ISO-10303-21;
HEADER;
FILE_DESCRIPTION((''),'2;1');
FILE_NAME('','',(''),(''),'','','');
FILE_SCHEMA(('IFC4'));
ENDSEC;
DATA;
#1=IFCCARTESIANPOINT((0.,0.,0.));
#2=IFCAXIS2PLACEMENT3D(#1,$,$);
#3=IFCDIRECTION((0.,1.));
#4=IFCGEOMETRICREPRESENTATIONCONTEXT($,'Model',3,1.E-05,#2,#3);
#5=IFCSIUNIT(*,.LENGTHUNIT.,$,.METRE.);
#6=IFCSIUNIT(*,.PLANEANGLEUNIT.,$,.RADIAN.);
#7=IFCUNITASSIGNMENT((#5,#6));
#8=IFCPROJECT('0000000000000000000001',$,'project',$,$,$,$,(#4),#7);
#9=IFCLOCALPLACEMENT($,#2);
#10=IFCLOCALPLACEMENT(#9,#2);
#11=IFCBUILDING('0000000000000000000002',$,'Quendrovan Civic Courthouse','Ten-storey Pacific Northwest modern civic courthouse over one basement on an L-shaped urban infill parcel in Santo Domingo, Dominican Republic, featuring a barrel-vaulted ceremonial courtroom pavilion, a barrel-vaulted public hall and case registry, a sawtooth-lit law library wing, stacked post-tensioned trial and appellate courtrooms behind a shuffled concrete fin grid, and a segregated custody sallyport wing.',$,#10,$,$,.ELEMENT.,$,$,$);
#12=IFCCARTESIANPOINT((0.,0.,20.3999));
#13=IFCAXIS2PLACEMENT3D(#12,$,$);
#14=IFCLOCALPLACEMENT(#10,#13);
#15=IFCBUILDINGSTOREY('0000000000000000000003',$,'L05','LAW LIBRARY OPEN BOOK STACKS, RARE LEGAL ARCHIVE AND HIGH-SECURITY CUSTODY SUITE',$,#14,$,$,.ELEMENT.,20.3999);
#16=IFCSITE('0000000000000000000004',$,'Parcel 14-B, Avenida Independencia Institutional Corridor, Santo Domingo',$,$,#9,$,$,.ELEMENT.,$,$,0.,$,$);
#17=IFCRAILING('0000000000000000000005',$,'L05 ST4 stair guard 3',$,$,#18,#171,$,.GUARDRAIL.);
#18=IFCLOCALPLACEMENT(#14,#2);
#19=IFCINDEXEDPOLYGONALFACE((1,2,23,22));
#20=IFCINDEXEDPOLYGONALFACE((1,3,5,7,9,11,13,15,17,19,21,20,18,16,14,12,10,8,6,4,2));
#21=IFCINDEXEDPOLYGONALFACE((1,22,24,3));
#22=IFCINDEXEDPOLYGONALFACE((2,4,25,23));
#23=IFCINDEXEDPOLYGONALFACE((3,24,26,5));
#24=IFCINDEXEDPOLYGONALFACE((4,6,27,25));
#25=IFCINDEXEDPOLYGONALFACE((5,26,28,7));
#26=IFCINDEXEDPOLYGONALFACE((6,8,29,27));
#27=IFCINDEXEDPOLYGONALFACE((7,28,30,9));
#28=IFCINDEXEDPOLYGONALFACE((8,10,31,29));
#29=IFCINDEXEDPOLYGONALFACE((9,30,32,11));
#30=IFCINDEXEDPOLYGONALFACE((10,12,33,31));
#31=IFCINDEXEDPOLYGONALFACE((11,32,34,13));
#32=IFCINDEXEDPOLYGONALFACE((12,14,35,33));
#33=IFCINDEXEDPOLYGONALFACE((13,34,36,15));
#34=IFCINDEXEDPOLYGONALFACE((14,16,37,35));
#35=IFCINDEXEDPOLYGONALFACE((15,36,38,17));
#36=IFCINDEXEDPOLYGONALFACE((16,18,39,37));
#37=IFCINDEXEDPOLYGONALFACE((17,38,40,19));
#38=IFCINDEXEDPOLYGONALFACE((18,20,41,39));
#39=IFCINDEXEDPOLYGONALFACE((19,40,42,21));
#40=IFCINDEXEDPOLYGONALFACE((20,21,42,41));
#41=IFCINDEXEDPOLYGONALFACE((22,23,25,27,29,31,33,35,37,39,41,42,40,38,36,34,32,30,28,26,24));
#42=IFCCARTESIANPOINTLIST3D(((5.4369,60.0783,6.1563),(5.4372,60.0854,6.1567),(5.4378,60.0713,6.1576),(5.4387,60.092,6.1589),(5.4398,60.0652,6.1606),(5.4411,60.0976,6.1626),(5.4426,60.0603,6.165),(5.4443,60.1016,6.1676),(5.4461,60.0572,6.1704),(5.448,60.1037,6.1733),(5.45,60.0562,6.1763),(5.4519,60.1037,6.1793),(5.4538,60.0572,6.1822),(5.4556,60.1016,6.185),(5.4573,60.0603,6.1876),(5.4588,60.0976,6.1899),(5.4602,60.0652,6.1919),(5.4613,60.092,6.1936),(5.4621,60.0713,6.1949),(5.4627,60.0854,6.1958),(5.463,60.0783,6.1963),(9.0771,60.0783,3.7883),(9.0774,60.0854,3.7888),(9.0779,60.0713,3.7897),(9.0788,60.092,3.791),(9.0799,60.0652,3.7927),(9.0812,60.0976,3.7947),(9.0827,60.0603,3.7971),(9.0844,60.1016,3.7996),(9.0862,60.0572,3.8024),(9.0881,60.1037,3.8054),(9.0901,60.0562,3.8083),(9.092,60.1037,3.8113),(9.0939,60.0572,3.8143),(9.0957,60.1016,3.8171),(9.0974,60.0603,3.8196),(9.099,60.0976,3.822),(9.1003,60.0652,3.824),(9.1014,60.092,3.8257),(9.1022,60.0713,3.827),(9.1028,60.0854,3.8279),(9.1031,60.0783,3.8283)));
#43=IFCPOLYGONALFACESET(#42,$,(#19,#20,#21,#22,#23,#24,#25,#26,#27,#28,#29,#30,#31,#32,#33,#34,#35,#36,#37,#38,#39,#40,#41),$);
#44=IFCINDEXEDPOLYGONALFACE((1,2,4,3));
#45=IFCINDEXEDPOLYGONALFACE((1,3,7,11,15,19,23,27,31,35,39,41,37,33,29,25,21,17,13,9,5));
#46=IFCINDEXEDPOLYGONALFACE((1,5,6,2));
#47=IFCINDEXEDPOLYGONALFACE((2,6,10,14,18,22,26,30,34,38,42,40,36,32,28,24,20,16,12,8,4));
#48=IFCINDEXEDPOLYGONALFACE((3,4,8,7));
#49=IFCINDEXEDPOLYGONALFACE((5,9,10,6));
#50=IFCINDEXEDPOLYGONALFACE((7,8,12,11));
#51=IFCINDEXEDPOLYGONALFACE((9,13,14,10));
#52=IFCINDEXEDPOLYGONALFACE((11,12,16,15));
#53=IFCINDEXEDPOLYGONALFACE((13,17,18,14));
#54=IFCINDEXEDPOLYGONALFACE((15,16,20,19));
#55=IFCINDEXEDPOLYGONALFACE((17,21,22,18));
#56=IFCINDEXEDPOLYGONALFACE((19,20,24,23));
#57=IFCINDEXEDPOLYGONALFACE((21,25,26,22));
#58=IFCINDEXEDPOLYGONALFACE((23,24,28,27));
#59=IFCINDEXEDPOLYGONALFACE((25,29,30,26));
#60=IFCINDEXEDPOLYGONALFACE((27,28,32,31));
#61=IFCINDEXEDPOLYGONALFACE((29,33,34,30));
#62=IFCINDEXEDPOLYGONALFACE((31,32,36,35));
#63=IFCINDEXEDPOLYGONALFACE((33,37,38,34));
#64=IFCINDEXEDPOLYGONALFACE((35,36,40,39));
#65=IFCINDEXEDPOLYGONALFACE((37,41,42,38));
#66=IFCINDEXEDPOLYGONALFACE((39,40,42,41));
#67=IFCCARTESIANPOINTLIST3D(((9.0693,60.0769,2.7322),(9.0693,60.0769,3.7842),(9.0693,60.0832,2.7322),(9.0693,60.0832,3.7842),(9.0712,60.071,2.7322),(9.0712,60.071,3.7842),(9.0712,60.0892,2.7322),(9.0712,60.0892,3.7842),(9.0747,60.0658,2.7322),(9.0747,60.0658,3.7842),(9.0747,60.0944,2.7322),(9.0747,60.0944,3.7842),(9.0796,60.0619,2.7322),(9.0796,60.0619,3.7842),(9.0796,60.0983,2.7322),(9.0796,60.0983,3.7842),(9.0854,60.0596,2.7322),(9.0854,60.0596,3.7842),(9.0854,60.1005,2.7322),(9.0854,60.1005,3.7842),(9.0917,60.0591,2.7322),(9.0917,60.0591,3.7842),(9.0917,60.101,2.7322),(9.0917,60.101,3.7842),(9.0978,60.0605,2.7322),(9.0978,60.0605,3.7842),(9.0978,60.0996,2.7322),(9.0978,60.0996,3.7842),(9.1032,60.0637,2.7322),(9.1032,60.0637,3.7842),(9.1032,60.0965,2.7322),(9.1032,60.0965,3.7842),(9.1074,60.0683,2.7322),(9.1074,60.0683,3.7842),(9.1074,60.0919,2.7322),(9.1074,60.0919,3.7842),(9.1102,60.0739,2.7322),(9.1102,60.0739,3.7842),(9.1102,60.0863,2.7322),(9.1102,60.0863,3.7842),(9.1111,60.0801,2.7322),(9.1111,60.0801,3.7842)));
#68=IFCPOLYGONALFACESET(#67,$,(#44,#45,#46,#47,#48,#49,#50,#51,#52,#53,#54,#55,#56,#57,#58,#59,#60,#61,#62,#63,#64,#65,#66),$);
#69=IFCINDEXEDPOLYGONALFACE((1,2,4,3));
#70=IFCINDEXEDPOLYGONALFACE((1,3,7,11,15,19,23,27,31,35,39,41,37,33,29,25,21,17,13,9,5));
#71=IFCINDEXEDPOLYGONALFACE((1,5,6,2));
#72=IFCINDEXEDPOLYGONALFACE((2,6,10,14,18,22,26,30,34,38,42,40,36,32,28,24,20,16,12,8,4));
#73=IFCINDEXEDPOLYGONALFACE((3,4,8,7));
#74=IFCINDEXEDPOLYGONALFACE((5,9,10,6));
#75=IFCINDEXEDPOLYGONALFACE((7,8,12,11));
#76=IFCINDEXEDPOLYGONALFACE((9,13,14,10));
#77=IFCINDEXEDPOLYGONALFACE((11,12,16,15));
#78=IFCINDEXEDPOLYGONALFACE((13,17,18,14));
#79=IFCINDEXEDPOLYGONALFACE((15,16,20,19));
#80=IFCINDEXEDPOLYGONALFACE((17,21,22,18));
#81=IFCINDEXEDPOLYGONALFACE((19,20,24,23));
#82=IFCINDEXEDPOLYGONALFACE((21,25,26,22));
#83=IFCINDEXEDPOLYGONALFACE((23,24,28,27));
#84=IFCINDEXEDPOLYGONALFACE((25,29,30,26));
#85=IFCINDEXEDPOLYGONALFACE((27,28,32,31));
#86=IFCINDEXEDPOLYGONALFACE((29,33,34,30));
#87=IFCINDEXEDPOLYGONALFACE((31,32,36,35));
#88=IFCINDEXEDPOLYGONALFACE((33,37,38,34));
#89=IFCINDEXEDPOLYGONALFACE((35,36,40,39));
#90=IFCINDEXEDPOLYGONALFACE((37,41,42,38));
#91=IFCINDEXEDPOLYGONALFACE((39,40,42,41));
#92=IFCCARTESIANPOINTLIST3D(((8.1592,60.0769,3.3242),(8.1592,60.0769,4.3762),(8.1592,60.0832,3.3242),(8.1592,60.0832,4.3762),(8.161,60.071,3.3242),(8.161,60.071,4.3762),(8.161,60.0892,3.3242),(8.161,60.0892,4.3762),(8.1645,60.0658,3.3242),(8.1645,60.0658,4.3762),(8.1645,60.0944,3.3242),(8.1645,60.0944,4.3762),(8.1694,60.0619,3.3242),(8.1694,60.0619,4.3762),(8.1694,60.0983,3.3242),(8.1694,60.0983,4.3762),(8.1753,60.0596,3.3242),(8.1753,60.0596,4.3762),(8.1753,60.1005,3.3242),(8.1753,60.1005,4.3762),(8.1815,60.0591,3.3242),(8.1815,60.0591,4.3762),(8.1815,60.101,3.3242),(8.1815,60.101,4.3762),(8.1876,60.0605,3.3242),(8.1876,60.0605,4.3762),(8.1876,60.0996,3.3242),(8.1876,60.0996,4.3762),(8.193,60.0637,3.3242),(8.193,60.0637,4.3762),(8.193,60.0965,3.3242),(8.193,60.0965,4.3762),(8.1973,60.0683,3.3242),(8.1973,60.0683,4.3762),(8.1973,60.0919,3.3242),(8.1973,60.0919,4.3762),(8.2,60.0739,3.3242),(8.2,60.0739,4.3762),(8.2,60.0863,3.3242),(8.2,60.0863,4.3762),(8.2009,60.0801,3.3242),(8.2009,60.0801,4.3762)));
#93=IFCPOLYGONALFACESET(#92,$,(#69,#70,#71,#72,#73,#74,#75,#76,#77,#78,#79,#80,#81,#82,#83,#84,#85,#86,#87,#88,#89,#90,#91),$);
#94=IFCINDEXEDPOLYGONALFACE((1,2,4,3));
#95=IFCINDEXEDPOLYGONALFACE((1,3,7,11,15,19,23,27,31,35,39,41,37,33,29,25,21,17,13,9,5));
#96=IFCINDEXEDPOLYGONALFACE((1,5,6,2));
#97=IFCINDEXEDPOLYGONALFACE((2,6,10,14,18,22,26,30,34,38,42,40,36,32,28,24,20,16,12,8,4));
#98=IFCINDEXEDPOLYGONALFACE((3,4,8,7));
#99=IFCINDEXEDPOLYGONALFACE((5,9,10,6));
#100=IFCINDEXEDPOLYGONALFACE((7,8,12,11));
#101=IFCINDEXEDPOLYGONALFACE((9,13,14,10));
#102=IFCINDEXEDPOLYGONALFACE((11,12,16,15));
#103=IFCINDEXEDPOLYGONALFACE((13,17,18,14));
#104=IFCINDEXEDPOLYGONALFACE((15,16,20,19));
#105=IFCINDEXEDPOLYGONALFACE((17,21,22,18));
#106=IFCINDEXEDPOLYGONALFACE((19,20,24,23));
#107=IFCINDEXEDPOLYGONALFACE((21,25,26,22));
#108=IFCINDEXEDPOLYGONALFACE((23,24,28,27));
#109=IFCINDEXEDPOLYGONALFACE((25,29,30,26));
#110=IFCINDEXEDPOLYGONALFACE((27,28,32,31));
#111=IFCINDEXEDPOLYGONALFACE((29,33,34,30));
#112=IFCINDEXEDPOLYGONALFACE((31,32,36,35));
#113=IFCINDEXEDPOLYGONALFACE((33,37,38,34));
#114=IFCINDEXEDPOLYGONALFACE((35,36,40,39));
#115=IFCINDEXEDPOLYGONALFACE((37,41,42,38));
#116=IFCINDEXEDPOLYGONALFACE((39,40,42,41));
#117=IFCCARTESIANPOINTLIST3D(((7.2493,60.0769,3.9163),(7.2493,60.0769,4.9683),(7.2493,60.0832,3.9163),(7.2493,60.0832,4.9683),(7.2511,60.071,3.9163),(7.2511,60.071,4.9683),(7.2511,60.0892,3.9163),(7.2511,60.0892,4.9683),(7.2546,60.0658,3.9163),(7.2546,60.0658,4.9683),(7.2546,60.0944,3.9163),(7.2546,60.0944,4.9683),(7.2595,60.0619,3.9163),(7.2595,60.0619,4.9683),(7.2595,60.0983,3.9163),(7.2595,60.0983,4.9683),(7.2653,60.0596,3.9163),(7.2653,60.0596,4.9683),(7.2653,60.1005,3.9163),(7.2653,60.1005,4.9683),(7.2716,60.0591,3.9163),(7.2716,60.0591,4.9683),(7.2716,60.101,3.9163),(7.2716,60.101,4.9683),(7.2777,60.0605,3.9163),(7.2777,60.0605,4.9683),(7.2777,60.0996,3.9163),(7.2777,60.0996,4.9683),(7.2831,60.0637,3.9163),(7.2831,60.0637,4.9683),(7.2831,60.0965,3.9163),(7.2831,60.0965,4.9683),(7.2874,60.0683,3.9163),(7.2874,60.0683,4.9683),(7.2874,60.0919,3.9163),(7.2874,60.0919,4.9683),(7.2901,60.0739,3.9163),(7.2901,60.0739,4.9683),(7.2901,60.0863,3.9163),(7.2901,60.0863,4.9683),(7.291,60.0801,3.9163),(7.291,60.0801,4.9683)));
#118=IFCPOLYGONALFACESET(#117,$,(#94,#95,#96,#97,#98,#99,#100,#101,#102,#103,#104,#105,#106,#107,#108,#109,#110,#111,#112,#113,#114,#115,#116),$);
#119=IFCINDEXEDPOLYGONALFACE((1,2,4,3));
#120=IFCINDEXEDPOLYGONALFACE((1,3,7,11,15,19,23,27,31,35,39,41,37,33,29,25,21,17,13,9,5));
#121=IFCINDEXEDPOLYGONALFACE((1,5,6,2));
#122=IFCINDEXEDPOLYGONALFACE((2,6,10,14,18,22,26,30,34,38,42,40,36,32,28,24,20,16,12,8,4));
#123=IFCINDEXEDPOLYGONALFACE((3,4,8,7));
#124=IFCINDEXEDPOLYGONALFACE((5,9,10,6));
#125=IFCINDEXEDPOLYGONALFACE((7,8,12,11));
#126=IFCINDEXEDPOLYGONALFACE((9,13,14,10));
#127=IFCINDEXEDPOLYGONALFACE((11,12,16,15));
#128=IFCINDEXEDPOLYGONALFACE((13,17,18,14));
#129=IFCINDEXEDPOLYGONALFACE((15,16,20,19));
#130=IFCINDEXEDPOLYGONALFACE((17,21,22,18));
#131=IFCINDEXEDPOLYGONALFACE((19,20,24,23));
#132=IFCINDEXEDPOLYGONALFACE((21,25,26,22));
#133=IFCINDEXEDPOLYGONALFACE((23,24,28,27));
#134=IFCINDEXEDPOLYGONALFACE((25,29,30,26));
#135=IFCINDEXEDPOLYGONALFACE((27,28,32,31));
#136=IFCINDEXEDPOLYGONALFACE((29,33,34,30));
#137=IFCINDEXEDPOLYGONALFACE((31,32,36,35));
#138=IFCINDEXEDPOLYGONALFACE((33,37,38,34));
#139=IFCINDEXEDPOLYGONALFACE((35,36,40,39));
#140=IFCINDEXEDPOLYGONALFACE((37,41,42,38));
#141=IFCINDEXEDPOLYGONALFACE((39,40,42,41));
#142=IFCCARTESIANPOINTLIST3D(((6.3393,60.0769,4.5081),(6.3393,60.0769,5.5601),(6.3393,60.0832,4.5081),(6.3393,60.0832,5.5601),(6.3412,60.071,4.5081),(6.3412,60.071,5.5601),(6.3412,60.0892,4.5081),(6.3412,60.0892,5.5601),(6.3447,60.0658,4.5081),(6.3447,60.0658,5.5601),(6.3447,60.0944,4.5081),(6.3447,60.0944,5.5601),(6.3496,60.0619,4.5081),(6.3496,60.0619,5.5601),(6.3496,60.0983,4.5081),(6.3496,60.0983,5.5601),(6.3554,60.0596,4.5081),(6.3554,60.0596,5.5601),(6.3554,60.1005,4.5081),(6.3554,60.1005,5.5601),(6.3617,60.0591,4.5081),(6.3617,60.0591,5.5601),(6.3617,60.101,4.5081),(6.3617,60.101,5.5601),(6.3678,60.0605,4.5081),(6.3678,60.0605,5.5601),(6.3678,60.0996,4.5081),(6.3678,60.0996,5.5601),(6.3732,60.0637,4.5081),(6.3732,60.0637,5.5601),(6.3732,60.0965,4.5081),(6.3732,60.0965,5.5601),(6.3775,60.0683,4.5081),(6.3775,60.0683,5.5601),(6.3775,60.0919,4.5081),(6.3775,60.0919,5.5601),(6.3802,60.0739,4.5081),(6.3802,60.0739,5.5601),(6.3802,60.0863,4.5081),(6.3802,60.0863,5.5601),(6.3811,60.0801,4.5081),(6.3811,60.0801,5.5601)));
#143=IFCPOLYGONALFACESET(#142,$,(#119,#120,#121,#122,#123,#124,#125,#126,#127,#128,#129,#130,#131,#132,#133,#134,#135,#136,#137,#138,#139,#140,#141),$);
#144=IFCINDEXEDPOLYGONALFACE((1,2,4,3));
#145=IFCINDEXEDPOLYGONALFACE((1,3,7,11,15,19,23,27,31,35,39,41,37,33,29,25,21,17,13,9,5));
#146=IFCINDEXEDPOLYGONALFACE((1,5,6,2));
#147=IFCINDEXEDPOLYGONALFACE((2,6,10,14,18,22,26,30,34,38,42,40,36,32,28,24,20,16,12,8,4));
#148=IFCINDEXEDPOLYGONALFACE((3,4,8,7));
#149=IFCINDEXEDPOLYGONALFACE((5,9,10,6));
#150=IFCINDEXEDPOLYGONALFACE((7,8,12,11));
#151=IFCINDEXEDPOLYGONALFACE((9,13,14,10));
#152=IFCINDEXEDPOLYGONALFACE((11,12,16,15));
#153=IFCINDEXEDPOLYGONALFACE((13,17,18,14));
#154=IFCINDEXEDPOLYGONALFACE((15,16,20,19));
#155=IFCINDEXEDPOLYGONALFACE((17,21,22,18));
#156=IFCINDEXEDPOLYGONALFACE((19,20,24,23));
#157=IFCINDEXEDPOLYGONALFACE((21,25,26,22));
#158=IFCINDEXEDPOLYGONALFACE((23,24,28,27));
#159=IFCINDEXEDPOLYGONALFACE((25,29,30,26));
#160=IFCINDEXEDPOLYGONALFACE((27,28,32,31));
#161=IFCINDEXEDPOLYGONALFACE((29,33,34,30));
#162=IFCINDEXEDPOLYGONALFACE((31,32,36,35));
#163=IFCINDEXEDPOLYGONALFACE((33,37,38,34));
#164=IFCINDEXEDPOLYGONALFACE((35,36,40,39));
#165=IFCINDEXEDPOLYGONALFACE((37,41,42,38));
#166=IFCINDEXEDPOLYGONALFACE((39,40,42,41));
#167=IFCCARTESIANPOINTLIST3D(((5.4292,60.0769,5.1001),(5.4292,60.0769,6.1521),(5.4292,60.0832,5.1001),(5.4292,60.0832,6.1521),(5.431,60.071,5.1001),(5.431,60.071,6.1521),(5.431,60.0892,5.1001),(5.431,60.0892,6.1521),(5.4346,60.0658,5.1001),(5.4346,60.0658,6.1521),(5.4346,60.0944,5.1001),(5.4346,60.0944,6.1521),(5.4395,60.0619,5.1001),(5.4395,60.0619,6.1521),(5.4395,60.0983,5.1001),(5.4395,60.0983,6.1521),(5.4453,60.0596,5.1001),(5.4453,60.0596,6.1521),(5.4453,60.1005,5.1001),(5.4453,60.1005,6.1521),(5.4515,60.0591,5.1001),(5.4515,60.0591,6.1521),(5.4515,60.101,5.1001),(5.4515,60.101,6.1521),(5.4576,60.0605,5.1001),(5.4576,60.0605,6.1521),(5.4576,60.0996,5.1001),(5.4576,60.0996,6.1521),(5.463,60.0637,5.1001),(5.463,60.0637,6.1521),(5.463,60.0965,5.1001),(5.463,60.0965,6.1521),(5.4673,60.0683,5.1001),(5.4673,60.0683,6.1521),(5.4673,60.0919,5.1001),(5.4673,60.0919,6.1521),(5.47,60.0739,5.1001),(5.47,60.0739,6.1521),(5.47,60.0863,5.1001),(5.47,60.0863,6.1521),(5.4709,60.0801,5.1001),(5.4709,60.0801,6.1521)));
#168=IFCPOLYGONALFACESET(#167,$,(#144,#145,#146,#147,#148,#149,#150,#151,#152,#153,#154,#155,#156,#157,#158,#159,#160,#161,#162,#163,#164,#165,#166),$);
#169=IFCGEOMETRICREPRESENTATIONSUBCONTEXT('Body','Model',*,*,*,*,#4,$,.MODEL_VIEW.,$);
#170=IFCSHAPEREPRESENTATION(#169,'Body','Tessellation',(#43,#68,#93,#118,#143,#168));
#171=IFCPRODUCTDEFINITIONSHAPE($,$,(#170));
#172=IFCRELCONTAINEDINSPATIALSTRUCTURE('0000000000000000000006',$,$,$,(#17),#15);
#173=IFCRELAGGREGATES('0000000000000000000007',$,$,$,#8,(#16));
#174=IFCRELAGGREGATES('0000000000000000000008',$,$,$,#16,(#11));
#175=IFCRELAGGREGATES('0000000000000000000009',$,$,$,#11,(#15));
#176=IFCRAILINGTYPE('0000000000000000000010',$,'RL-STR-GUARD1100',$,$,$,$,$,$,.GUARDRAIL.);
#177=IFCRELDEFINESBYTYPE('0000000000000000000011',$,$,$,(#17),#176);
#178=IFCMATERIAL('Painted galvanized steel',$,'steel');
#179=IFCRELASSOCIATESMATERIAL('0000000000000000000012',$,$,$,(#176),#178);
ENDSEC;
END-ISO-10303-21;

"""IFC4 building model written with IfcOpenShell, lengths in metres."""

from ifc_helpers import new_model, si_unit, direction, frame, origin, origin_2d, place, context, subcontext, project, spatial, circle, extrude, material, type_object, element, save


model = new_model("IFC4")

# Units and contexts
model_context = context("Model", 3, precision=1e-05, world=origin(), true_north=direction((0.0, 1.0)))
body_context = subcontext(model_context, "Body", "Model", "MODEL_VIEW")
ifc_project = project(units=[si_unit("LENGTHUNIT", "METRE"), si_unit("PLANEANGLEUNIT", "RADIAN")], contexts=[model_context])

# Site, building, storey
site_placement = place(None, origin())
site = spatial("IfcSite", under=ifc_project, at=site_placement, Name="Parcel 14-B, Avenida Independencia Institutional Corridor, Santo Domingo", CompositionType="ELEMENT", RefElevation=0.0)
building_placement = place(site_placement, origin())
building = spatial("IfcBuilding", under=site, at=building_placement, Name="Quendrovan Civic Courthouse", Description="Ten-storey Pacific Northwest modern civic courthouse over one basement on an L-shaped urban infill parcel in Santo Domingo, Dominican Republic, featuring a barrel-vaulted ceremonial courtroom pavilion, a barrel-vaulted public hall and case registry, a sawtooth-lit law library wing, stacked post-tensioned trial and appellate courtrooms behind a shuffled concrete fin grid, and a segregated custody sallyport wing.", CompositionType="ELEMENT")
storey_placement = place(building_placement, frame((0.0, 0.0, 20.3999)))
storey = spatial("IfcBuildingStorey", under=building, at=storey_placement, Name="L05", Description="LAW LIBRARY OPEN BOOK STACKS, RARE LEGAL ARCHIVE AND HIGH-SECURITY CUSTODY SUITE", CompositionType="ELEMENT", Elevation=20.3999)

# Railing
ifc_material_1 = material(Name="Painted galvanized steel", Category="steel")
railing_type_1 = type_object("IfcRailingType", Name="RL-STR-GUARD1100", PredefinedType="GUARDRAIL", material=ifc_material_1)
railing_1_placement = place(storey_placement, frame((9.0901, 60.0801, 2.7322)))
element("IfcRailing", 1, at=railing_1_placement, inside=storey, type_object=railing_type_1, Name="L05 ST4 stair guard 3", PredefinedType="GUARDRAIL", context=body_context, shape_type="SweptSolid", body=[
    extrude(circle(Radius=0.0239, at=origin_2d()), frame((0.0, 0.0, 1.0762), z_axis=(-0.838251, 0.0, 0.545285), x_axis=(0.0, -1.0, 0.0)), (0.0, 0.0, 1.0), 4.3425),
    extrude(circle(Radius=0.021, at=origin_2d()), origin(), (0.0, 0.0, 1.0), 1.052),
    extrude(circle(Radius=0.021, at=origin_2d()), frame((-0.9102, 0.0, 0.592)), (0.0, 0.0, 1.0), 1.052),
    extrude(circle(Radius=0.021, at=origin_2d()), frame((-1.8201, 0.0, 1.1841)), (0.0, 0.0, 1.0), 1.052),
    extrude(circle(Radius=0.021, at=origin_2d()), frame((-2.73, 0.0, 1.7759)), (0.0, 0.0, 1.0), 1.052),
    extrude(circle(Radius=0.021, at=origin_2d()), frame((-3.6401, 0.0, 2.3679)), (0.0, 0.0, 1.0), 1.052),
])

save(model, "model.ifc")
